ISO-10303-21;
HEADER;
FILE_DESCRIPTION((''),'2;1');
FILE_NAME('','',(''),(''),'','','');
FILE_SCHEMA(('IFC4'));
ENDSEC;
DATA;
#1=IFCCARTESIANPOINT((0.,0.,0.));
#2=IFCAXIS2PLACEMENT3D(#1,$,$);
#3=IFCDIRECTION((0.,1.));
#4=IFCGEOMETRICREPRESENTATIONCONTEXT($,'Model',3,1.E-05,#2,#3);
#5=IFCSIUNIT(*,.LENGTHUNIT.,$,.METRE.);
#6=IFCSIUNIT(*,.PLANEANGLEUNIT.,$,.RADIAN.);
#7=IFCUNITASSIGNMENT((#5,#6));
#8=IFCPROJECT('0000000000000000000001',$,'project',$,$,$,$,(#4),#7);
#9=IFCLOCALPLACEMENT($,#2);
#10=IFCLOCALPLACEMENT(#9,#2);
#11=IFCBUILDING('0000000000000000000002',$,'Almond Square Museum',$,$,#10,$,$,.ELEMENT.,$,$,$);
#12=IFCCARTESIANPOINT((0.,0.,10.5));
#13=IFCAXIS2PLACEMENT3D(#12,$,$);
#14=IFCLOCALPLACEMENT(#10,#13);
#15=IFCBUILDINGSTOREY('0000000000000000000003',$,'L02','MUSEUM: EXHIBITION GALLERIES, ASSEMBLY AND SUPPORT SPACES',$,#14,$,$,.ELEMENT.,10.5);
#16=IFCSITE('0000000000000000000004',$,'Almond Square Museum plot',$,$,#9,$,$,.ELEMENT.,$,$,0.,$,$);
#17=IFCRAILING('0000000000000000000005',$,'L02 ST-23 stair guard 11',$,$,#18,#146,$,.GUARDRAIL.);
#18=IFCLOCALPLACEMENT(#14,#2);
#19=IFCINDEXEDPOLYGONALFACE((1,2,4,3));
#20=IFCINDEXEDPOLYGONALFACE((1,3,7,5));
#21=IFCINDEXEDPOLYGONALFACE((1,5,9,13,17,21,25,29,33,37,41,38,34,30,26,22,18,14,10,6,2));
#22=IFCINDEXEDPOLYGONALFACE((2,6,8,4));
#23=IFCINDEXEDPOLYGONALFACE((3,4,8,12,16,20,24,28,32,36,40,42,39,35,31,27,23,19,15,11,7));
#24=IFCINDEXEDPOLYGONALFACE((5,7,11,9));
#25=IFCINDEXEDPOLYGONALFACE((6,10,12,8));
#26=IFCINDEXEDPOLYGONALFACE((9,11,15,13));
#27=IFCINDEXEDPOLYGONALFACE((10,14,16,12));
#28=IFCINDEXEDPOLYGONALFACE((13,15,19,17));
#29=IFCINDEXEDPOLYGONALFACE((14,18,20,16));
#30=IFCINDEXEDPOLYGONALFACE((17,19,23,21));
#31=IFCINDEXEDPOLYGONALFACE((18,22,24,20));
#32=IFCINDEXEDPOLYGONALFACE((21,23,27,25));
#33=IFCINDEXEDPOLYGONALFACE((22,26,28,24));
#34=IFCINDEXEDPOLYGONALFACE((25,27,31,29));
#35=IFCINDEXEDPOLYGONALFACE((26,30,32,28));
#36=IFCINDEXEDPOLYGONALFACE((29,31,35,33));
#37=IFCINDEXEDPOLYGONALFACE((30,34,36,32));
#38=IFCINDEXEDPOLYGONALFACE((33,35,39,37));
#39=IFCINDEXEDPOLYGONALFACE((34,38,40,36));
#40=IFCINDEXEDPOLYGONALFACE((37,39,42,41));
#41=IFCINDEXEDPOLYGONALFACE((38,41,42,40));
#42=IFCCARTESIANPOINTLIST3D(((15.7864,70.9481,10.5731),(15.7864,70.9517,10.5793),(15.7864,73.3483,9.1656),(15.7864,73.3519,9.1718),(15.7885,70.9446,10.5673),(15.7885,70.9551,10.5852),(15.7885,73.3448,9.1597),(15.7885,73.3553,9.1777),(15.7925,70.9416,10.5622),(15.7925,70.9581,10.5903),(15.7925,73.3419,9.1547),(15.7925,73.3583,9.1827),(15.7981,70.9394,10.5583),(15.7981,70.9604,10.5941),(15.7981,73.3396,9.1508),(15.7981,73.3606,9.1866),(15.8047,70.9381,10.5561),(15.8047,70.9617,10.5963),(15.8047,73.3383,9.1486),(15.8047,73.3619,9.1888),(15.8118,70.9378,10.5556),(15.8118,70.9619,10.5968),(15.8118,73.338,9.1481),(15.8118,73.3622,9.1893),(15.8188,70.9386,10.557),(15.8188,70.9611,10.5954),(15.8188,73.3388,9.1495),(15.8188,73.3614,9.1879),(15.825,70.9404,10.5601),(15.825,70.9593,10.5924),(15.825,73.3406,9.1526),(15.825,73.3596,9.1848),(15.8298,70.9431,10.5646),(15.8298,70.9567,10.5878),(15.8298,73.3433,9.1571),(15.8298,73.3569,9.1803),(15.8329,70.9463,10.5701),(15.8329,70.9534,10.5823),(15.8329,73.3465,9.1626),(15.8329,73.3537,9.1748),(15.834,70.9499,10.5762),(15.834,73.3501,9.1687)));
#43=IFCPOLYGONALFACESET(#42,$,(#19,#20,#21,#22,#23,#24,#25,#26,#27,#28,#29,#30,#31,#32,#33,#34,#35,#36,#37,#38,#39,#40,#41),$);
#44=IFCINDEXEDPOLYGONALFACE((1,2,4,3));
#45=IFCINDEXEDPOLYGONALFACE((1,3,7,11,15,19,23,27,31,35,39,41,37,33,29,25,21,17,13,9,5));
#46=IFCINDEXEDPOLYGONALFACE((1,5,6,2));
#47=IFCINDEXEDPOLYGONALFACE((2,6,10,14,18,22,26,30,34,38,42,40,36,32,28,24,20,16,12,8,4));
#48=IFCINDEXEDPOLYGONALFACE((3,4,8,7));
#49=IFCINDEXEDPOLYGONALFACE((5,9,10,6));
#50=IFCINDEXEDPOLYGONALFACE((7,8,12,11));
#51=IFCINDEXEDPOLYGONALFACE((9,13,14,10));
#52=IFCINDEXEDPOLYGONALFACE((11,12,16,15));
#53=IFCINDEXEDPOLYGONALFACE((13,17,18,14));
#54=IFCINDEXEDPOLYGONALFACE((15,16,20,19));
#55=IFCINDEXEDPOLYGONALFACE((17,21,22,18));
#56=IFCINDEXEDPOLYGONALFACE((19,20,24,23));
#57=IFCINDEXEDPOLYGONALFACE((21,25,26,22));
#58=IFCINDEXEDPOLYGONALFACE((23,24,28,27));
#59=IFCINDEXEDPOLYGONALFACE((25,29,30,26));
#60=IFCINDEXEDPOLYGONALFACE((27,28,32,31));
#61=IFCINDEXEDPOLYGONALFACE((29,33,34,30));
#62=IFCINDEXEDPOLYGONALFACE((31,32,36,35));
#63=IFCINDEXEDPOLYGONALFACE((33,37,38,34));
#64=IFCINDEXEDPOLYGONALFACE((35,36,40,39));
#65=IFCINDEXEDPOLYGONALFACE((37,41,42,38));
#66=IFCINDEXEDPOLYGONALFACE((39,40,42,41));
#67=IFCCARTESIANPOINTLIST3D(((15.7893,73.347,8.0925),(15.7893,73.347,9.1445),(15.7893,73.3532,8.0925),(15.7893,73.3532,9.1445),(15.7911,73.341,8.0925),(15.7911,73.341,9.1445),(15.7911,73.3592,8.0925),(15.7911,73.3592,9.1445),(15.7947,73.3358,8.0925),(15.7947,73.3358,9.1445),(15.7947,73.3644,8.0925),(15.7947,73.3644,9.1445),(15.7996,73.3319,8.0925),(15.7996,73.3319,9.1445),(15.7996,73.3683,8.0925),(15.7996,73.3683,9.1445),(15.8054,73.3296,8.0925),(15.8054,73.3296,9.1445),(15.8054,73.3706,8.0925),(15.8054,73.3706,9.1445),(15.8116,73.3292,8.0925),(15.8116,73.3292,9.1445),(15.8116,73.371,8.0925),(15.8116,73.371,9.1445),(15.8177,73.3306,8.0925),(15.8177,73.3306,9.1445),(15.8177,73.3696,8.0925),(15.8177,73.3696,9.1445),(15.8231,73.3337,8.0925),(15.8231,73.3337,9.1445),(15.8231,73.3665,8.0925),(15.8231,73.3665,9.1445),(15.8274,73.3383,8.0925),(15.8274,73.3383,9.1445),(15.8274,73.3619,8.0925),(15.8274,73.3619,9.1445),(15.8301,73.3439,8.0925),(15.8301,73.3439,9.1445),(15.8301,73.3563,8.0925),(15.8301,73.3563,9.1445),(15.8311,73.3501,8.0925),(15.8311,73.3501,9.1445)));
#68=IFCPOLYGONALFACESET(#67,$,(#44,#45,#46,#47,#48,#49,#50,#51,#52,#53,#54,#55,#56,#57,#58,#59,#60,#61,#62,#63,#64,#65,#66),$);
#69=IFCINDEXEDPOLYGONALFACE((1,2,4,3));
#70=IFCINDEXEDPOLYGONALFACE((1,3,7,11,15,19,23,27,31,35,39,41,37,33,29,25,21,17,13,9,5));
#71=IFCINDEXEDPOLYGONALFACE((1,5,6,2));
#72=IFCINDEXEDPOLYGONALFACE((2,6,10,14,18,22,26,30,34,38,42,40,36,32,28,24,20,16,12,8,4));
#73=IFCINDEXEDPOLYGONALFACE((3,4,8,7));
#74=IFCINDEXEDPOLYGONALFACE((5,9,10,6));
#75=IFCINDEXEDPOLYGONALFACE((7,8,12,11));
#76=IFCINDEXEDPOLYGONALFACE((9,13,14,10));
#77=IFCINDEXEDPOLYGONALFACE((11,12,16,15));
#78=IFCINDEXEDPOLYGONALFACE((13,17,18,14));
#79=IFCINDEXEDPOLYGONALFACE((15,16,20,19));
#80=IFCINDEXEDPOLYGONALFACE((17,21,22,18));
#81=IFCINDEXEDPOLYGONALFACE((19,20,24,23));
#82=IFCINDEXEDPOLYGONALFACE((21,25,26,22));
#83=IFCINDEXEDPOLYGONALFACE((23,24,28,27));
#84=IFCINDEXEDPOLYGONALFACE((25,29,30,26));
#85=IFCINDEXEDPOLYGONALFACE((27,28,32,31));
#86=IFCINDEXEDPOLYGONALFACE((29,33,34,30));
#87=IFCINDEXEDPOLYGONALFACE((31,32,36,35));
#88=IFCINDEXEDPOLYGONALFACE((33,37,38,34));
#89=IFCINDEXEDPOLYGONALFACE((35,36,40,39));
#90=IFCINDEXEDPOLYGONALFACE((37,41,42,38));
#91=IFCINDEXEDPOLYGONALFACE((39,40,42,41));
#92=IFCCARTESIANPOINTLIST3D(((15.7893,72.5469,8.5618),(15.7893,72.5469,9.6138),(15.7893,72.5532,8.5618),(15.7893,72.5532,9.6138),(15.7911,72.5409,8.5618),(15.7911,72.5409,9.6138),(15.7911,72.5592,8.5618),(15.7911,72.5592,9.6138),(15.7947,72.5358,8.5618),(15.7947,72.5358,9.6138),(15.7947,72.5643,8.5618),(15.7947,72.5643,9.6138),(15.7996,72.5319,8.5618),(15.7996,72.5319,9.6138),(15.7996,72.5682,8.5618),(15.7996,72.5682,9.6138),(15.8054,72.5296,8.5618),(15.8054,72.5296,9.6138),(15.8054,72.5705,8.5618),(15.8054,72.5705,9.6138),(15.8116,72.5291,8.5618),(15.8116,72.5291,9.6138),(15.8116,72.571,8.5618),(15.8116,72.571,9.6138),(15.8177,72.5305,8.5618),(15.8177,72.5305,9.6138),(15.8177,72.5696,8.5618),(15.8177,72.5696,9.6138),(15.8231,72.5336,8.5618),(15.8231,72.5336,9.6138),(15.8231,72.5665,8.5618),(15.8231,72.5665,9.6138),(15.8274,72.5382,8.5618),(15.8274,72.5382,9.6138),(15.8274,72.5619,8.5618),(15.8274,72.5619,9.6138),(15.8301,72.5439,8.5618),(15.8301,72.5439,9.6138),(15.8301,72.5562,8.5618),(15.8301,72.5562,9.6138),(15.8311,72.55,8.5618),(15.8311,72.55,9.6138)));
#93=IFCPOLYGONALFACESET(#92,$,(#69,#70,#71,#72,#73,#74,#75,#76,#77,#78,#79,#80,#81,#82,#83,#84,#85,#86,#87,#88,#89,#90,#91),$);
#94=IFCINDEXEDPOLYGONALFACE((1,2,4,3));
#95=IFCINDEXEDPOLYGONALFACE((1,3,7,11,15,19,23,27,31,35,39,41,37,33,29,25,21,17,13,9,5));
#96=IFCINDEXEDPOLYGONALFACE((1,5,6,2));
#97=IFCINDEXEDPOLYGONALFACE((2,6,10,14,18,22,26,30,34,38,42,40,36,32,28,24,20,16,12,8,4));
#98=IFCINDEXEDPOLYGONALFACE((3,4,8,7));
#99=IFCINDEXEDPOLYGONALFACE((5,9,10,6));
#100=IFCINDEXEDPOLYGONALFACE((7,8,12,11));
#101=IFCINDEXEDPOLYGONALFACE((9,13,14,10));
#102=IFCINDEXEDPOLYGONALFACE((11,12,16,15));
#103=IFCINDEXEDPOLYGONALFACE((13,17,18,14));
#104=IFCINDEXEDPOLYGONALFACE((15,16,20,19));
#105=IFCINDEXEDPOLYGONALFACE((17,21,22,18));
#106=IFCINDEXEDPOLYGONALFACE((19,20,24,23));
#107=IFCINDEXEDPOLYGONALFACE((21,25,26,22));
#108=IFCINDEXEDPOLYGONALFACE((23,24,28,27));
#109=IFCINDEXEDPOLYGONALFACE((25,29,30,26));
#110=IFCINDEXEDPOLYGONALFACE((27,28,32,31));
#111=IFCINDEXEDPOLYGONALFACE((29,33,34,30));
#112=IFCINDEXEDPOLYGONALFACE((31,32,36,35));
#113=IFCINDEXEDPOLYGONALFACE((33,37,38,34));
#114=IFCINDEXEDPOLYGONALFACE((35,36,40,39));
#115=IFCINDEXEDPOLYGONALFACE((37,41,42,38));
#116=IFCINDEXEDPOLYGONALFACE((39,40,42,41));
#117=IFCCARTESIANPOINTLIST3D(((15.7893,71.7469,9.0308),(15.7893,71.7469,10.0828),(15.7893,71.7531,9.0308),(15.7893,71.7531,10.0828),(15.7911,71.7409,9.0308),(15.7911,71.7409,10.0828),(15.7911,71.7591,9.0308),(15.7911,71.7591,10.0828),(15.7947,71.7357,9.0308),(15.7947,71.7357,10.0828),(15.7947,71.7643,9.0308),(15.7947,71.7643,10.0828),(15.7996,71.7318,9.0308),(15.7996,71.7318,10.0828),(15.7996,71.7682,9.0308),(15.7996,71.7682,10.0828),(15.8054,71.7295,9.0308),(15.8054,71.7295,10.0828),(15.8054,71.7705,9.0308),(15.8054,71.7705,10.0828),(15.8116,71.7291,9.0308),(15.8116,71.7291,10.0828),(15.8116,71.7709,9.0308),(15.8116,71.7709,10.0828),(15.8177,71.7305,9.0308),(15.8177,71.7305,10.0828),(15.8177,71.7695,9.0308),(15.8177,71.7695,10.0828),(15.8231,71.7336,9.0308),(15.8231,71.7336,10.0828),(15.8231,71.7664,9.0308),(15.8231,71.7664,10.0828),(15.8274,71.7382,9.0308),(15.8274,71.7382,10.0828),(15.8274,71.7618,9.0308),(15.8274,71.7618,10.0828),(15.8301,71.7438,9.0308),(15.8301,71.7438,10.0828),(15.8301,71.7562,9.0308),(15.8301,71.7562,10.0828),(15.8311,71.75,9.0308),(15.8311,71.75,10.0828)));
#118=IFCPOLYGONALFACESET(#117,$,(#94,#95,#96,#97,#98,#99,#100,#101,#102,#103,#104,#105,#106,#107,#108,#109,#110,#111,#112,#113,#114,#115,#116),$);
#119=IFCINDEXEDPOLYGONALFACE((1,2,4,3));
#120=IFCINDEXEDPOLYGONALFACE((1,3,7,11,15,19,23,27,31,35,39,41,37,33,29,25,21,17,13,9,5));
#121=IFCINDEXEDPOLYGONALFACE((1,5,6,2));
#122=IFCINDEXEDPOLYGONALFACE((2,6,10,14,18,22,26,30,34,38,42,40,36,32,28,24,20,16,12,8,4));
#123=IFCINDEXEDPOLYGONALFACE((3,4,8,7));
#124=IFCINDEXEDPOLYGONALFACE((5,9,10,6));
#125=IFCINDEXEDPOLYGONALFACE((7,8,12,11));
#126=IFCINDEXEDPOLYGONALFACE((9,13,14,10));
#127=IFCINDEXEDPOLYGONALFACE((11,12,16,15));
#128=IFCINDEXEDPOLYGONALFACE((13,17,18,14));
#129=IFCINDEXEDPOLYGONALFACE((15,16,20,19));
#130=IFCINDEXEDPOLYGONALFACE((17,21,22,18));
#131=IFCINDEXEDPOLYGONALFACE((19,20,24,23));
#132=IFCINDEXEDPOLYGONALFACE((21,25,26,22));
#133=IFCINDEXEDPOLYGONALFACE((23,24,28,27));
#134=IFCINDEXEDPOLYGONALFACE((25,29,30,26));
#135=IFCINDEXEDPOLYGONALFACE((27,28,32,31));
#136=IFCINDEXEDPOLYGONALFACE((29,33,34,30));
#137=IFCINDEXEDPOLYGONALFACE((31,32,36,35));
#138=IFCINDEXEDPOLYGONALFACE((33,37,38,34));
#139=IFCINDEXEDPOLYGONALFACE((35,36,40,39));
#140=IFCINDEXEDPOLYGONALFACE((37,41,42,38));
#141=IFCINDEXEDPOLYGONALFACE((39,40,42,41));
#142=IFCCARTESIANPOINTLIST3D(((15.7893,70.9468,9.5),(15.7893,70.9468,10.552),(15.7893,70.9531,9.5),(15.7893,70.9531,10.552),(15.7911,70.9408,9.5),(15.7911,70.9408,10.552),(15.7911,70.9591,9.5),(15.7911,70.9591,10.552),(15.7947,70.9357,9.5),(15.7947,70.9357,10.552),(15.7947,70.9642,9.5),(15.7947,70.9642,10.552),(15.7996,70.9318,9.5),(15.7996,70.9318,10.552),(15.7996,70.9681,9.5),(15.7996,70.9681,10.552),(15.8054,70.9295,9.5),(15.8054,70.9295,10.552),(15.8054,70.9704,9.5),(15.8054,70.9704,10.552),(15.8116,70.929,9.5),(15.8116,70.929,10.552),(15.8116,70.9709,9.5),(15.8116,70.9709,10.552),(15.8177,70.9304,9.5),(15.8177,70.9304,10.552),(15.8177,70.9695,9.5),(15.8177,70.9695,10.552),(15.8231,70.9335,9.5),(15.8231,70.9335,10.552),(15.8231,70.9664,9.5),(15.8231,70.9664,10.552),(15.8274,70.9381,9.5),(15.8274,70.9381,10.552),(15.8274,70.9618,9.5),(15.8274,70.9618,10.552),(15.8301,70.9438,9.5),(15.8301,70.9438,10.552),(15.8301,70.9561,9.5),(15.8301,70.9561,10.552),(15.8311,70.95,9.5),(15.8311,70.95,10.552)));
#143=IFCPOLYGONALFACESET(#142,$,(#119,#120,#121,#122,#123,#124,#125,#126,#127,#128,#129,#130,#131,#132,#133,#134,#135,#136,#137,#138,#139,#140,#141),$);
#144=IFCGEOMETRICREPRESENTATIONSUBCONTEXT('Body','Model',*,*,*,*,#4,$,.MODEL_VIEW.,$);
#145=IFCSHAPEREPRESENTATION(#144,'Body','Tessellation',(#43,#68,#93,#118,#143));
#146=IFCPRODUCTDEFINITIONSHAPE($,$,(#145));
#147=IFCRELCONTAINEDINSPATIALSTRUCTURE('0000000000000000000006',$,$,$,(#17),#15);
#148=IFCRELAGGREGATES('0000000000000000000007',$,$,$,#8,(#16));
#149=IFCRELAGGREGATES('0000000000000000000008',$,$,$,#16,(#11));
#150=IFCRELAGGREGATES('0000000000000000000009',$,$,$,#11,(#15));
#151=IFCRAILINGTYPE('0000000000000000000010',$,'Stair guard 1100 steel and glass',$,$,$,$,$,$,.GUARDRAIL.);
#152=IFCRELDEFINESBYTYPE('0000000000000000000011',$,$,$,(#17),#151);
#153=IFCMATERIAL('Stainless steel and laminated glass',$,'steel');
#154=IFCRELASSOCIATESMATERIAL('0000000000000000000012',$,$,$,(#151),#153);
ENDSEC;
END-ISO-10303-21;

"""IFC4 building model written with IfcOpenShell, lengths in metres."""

from ifc_helpers import new_model, si_unit, direction, frame, origin, origin_2d, place, context, subcontext, project, spatial, circle, extrude, material, type_object, element, save


model = new_model("IFC4")

# Units and contexts
model_context = context("Model", 3, precision=1e-05, world=origin(), true_north=direction((0.0, 1.0)))
body_context = subcontext(model_context, "Body", "Model", "MODEL_VIEW")
ifc_project = project(units=[si_unit("LENGTHUNIT", "METRE"), si_unit("PLANEANGLEUNIT", "RADIAN")], contexts=[model_context])

# Site, building, storey
site_placement = place(None, origin())
site = spatial("IfcSite", under=ifc_project, at=site_placement, Name="Almond Square Museum plot", CompositionType="ELEMENT", RefElevation=0.0)
building_placement = place(site_placement, origin())
building = spatial("IfcBuilding", under=site, at=building_placement, Name="Almond Square Museum", CompositionType="ELEMENT")
storey_placement = place(building_placement, frame((0.0, 0.0, 10.5)))
storey = spatial("IfcBuildingStorey", under=building, at=storey_placement, Name="L02", Description="MUSEUM: EXHIBITION GALLERIES, ASSEMBLY AND SUPPORT SPACES", CompositionType="ELEMENT", Elevation=10.5)

# Railing
ifc_material_1 = material(Name="Stainless steel and laminated glass", Category="steel")
railing_type_1 = type_object("IfcRailingType", Name="Stair guard 1100 steel and glass", PredefinedType="GUARDRAIL", material=ifc_material_1)
railing_1_placement = place(storey_placement, frame((15.8101, 73.3501, 8.0925)))
element("IfcRailing", 1, at=railing_1_placement, inside=storey, type_object=railing_type_1, Name="L02 ST-23 stair guard 11", PredefinedType="GUARDRAIL", context=body_context, shape_type="SweptSolid", body=[
    extrude(circle(Radius=0.0239, at=origin_2d()), frame((0.0, 0.0, 1.0762), z_axis=(0.0, -0.862621, 0.50585), x_axis=(1.0, 0.0, 0.0)), (0.0, 0.0, 1.0), 2.7825),
    extrude(circle(Radius=0.021, at=origin_2d()), origin(), (0.0, 0.0, 1.0), 1.052),
    extrude(circle(Radius=0.021, at=origin_2d()), frame((0.0, -0.8, 0.4692)), (0.0, 0.0, 1.0), 1.052),
    extrude(circle(Radius=0.021, at=origin_2d()), frame((0.0, -1.6001, 0.9382)), (0.0, 0.0, 1.0), 1.052),
    extrude(circle(Radius=0.021, at=origin_2d()), frame((0.0, -2.4001, 1.4075)), (0.0, 0.0, 1.0), 1.052),
])

save(model, "model.ifc")
